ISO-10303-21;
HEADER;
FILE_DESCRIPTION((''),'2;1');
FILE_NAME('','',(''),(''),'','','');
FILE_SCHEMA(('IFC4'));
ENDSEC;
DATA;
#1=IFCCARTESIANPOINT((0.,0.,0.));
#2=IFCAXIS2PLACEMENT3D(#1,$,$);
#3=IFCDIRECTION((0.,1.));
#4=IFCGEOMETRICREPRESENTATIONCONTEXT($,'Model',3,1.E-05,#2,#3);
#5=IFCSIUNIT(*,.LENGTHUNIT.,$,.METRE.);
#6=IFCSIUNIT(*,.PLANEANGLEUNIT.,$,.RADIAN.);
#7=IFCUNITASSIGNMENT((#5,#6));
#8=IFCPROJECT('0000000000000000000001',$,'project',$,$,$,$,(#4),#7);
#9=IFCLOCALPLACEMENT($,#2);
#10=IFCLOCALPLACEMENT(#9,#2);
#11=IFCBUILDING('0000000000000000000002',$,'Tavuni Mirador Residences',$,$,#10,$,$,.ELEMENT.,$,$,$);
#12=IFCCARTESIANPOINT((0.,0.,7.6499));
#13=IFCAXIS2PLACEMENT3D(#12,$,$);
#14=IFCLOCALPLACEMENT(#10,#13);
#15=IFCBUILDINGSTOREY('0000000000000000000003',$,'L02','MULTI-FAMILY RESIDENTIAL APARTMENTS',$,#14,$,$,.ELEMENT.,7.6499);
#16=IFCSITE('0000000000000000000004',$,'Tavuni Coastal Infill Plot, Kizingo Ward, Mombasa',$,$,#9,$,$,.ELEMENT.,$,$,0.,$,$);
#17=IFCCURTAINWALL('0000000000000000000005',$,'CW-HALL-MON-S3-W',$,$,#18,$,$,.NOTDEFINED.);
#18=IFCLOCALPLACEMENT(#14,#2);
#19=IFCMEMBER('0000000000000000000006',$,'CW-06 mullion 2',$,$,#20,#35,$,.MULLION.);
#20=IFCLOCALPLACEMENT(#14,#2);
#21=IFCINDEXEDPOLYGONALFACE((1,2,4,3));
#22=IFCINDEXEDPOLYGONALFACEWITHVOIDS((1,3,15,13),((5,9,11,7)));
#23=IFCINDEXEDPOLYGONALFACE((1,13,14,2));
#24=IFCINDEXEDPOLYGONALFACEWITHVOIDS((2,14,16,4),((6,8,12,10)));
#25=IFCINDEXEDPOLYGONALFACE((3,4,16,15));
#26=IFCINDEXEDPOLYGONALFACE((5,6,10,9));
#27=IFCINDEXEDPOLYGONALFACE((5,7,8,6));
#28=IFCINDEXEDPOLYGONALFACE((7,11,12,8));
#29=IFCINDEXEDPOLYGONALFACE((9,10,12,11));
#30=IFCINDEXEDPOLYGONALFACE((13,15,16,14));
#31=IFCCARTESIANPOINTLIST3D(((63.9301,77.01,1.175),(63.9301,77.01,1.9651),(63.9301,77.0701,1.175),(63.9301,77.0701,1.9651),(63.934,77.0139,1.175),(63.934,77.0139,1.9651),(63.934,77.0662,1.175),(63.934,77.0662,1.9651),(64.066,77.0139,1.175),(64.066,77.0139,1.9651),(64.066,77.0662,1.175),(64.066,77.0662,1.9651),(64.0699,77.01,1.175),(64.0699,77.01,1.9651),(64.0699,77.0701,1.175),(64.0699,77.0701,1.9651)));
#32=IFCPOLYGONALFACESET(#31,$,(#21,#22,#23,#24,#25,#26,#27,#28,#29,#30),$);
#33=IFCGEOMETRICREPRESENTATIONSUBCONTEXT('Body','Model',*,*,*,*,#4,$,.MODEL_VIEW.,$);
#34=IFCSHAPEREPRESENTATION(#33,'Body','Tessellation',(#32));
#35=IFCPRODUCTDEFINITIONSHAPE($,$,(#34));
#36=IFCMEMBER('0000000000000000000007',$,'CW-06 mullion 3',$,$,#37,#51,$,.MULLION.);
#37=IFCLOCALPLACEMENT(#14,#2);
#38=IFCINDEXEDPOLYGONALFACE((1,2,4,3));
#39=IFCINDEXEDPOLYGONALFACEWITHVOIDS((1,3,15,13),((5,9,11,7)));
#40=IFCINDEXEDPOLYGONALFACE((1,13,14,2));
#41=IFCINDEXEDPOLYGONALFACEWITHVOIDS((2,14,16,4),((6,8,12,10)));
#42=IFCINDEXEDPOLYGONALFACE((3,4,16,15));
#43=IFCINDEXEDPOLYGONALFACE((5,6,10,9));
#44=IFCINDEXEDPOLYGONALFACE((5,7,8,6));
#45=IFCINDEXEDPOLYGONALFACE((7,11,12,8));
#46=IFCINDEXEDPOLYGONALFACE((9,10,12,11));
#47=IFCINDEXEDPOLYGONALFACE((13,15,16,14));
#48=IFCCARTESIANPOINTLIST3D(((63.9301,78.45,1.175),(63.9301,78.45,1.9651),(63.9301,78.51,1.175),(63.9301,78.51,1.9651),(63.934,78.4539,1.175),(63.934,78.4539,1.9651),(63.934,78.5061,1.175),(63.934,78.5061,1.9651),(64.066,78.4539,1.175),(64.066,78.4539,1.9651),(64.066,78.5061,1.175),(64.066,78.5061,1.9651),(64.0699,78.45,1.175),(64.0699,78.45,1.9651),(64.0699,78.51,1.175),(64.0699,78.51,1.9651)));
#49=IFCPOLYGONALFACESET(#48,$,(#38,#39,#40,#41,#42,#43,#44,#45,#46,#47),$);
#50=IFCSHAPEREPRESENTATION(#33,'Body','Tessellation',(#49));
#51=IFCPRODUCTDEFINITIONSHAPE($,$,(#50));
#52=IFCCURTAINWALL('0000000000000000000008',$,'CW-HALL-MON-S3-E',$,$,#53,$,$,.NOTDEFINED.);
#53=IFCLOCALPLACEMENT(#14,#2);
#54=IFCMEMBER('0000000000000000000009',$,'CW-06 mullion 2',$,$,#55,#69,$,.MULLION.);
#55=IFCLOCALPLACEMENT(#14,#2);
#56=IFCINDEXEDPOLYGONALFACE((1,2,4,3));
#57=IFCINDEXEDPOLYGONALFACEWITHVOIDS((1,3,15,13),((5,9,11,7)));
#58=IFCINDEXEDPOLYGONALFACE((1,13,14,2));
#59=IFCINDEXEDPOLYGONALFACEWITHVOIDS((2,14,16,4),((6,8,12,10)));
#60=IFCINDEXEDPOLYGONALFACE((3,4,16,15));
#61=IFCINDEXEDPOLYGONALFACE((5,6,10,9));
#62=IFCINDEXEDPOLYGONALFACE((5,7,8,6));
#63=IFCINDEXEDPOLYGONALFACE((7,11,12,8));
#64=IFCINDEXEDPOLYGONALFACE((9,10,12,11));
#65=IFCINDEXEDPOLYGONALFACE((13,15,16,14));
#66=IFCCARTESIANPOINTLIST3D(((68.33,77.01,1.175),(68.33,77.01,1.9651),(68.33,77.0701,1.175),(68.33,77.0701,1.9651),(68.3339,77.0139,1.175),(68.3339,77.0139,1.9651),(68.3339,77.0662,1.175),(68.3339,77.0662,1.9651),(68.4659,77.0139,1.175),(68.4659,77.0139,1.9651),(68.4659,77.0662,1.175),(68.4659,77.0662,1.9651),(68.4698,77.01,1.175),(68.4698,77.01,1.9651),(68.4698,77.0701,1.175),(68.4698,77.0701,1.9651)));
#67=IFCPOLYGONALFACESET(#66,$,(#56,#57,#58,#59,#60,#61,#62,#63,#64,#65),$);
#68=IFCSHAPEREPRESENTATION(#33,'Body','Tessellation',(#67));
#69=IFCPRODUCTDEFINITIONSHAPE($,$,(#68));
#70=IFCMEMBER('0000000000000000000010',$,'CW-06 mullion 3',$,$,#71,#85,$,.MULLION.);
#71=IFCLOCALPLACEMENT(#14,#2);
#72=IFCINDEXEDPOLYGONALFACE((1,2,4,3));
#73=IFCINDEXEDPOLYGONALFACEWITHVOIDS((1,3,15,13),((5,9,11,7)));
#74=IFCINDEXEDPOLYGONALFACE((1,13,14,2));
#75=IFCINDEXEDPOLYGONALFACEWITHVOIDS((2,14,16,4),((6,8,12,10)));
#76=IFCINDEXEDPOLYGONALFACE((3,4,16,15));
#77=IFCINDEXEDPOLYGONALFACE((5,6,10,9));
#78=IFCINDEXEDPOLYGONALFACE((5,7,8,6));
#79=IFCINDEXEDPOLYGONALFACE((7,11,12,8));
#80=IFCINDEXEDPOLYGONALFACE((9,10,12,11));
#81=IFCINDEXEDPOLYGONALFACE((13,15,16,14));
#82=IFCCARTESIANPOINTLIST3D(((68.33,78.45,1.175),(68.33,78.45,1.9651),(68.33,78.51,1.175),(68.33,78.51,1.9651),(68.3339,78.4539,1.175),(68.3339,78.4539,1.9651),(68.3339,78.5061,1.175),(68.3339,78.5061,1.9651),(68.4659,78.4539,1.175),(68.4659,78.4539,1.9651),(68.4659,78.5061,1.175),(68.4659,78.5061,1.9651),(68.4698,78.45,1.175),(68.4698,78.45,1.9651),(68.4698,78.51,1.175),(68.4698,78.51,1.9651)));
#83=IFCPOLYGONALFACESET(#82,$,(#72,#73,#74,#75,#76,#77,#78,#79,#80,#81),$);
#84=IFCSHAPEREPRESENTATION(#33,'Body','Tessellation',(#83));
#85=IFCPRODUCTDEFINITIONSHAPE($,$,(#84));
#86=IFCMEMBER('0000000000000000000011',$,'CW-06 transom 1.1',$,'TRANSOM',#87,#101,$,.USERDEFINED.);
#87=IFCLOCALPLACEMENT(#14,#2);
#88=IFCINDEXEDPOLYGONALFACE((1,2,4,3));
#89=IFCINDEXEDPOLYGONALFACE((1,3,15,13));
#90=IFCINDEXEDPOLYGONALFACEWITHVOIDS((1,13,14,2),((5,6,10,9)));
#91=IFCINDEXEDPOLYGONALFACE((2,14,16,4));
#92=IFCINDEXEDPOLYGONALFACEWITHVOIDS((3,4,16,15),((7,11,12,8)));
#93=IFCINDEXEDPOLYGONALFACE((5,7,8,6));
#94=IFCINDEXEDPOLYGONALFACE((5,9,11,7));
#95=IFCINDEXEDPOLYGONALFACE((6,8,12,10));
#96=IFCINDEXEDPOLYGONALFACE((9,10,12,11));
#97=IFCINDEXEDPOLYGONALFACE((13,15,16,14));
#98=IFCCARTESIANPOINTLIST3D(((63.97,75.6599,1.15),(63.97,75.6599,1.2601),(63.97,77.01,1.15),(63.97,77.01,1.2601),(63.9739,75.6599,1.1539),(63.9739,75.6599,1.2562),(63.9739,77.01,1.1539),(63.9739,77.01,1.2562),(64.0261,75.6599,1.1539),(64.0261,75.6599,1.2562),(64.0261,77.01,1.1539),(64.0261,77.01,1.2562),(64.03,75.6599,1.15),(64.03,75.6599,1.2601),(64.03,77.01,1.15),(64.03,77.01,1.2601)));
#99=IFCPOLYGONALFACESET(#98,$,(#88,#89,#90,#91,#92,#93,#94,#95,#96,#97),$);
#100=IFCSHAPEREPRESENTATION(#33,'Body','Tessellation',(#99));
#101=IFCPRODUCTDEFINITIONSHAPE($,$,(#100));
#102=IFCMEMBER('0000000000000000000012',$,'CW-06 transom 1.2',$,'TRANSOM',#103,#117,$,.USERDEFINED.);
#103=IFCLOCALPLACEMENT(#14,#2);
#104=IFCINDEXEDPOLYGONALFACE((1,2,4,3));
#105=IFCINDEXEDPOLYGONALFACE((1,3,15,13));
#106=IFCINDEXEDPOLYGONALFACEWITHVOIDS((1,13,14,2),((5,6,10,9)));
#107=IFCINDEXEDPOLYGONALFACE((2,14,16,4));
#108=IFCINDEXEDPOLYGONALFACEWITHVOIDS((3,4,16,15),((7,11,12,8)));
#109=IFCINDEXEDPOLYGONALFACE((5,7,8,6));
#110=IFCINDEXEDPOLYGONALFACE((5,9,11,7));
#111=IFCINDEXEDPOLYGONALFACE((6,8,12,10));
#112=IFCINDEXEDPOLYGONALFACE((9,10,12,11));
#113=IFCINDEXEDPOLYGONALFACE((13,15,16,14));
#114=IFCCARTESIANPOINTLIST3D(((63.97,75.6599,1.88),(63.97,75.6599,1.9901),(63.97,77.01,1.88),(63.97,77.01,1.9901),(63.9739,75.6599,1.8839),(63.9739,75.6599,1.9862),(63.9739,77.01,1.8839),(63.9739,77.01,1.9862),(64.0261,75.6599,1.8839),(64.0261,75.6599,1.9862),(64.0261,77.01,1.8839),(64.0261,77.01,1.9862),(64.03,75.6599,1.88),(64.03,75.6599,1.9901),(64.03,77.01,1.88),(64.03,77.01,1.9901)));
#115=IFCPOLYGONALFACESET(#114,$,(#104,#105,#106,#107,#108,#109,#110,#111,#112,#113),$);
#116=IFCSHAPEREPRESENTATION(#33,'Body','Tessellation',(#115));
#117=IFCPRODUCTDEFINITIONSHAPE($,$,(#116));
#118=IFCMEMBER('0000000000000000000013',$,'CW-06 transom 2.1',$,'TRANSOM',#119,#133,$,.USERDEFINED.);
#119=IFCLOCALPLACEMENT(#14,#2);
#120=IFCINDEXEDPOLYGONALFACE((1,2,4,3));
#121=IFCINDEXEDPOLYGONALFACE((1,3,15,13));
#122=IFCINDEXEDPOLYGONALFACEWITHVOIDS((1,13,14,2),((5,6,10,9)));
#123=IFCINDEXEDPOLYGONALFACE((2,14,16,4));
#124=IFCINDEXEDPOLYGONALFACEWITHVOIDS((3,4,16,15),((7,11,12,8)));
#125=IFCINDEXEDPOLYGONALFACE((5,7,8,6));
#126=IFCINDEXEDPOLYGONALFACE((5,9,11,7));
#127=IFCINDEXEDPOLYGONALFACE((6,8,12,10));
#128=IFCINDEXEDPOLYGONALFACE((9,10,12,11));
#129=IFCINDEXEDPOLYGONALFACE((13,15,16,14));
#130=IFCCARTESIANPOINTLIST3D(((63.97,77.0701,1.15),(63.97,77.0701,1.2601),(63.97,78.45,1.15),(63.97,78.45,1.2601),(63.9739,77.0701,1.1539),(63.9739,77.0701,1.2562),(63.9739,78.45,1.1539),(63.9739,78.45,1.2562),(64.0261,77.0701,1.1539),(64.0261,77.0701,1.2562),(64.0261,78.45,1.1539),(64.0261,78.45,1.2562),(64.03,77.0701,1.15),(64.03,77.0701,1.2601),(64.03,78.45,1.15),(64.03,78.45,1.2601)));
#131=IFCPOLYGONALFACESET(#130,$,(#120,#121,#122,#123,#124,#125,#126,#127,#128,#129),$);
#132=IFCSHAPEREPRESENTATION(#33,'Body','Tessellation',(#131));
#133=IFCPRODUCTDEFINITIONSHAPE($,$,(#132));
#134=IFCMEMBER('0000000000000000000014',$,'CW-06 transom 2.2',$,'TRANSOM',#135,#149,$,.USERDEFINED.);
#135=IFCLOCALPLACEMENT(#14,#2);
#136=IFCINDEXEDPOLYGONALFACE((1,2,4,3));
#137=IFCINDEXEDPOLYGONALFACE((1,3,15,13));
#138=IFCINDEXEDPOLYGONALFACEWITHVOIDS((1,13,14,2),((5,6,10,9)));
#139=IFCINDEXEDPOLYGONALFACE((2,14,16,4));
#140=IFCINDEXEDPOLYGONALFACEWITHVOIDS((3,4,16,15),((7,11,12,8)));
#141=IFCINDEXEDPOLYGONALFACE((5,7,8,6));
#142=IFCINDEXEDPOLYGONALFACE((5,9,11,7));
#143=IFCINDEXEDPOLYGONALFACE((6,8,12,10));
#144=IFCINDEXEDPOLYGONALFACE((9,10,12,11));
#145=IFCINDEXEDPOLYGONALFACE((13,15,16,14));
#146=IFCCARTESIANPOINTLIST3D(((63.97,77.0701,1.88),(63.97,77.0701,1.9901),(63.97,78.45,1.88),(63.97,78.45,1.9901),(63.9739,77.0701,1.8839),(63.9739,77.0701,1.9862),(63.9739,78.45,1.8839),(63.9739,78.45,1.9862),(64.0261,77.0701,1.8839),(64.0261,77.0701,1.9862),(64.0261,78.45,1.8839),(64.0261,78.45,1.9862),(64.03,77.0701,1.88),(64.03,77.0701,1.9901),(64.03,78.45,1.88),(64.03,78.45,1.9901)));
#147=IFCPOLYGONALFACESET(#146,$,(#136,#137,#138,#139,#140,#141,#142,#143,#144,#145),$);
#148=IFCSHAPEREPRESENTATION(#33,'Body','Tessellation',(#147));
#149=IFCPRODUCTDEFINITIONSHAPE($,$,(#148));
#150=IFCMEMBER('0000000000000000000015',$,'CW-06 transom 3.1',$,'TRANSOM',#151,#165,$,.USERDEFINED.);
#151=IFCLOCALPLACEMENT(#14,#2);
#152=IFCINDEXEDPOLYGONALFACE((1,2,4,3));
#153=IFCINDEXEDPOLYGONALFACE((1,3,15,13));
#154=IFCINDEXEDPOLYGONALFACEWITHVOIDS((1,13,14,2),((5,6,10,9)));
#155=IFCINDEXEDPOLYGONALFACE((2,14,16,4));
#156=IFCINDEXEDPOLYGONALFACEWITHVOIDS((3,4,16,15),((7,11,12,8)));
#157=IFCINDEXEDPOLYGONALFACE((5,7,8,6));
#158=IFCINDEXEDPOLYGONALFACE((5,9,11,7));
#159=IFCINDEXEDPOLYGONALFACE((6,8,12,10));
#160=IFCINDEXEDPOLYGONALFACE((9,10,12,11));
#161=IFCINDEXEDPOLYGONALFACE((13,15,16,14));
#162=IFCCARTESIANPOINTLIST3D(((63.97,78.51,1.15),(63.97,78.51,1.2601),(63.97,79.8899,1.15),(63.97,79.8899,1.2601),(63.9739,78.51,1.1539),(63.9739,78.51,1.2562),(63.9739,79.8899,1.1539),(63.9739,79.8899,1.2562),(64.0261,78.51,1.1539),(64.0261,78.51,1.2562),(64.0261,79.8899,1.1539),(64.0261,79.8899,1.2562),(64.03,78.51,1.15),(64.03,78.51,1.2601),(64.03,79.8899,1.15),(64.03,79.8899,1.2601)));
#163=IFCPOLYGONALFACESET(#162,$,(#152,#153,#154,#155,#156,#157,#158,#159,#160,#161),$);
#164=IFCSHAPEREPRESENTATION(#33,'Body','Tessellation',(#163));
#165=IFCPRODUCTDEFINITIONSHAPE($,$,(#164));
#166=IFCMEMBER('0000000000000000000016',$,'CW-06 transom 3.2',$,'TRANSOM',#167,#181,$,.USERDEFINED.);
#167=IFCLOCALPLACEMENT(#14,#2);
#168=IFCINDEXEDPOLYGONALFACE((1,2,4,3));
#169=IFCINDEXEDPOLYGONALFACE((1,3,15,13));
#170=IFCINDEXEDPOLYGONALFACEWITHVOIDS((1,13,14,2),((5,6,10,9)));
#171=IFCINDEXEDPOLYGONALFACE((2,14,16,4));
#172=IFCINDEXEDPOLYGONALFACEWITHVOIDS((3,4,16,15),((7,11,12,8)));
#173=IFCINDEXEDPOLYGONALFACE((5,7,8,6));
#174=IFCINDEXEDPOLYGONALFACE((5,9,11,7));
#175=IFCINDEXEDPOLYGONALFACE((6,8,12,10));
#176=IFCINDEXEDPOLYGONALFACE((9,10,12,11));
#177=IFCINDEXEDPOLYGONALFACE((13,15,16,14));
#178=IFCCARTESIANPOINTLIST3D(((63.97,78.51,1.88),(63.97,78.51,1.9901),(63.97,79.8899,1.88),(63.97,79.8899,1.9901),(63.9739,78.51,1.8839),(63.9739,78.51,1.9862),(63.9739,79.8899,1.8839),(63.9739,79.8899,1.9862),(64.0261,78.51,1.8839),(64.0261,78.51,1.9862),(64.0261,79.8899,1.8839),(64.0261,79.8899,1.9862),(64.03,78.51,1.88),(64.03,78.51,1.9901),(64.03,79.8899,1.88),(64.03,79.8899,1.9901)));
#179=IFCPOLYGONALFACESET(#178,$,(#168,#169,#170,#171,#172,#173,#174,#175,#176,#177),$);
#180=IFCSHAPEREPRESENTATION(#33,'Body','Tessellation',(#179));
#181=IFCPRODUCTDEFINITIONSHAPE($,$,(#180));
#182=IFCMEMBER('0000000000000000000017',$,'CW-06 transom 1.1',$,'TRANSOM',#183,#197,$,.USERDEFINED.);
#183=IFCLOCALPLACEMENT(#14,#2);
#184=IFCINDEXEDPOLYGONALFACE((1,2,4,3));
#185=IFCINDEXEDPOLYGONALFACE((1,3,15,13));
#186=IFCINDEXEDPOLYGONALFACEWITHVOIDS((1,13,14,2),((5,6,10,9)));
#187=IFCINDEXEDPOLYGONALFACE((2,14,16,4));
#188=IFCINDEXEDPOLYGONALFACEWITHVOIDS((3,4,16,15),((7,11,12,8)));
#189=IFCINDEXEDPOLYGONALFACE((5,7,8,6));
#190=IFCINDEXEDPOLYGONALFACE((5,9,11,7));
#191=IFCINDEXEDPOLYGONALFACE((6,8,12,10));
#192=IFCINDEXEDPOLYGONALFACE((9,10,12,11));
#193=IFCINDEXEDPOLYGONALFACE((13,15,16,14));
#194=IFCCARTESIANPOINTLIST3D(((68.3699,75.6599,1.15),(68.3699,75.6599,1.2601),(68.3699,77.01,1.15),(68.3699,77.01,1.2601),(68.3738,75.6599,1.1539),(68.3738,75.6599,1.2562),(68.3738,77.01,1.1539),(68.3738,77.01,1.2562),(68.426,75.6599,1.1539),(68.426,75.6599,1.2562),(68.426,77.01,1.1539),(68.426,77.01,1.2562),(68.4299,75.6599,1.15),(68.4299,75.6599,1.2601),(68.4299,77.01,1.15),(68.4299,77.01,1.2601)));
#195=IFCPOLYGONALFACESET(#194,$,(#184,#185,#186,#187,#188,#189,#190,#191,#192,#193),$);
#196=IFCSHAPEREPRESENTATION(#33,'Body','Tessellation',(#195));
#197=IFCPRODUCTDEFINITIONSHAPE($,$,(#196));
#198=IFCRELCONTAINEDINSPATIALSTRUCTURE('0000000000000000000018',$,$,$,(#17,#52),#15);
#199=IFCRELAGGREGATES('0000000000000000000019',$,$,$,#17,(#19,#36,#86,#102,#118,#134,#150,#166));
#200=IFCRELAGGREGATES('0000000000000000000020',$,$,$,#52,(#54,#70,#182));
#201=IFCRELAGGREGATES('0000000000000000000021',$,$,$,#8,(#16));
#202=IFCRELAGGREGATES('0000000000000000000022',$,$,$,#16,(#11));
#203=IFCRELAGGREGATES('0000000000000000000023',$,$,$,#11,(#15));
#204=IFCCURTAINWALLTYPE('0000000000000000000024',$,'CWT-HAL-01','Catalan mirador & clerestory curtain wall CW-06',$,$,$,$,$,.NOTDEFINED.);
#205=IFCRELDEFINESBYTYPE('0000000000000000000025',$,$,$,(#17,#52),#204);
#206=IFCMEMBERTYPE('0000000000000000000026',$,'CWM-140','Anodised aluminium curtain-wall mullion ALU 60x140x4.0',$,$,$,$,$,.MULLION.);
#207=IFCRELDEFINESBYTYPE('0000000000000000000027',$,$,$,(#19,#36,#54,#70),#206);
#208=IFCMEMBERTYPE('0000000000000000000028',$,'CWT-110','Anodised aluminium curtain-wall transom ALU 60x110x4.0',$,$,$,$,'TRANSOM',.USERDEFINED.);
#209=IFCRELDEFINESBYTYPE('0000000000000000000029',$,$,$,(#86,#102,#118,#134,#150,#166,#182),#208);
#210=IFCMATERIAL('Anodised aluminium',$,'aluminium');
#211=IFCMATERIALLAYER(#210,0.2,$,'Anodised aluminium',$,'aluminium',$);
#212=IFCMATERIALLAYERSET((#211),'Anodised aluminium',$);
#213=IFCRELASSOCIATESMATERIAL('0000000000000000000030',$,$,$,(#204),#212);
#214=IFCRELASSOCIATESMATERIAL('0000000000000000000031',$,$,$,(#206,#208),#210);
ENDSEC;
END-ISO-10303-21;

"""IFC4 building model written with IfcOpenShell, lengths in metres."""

from ifc_helpers import new_model, si_unit, direction, frame, origin, origin_2d, place, context, subcontext, project, spatial, hollow_rectangle, extrude, material, layer, layer_set, material_profile, profile_set, type_object, element, aggregate, save


model = new_model("IFC4")

# Units and contexts
model_context = context("Model", 3, precision=1e-05, world=origin(), true_north=direction((0.0, 1.0)))
body_context = subcontext(model_context, "Body", "Model", "MODEL_VIEW")
ifc_project = project(units=[si_unit("LENGTHUNIT", "METRE"), si_unit("PLANEANGLEUNIT", "RADIAN")], contexts=[model_context])

# Site, building, storey
site_placement = place(None, origin())
site = spatial("IfcSite", under=ifc_project, at=site_placement, Name="Tavuni Coastal Infill Plot, Kizingo Ward, Mombasa", CompositionType="ELEMENT", RefElevation=0.0)
building_placement = place(site_placement, origin())
building = spatial("IfcBuilding", under=site, at=building_placement, Name="Tavuni Mirador Residences", CompositionType="ELEMENT")
storey_placement = place(building_placement, frame((0.0, 0.0, 7.6499)))
storey = spatial("IfcBuildingStorey", under=building, at=storey_placement, Name="L02", Description="MULTI-FAMILY RESIDENTIAL APARTMENTS", CompositionType="ELEMENT", Elevation=7.6499)

# Curtain walls, members
ifc_material_1 = material(Name="Anodised aluminium", Category="aluminium")
ifc_layer_1 = layer(ifc_material_1, 0.2, Name="Anodised aluminium", Category="aluminium")
ifc_layer_set_1 = layer_set([ifc_layer_1], Name="Anodised aluminium")
curtain_wall_type = type_object("IfcCurtainWallType", Name="CWT-HAL-01", Description="Catalan mirador & clerestory curtain wall CW-06", PredefinedType="NOTDEFINED", material=ifc_layer_set_1)
curtain_wall_1_placement = place(storey_placement, origin())
curtain_wall_1 = element("IfcCurtainWall", 1, at=curtain_wall_1_placement, inside=storey, type_object=curtain_wall_type, Name="CW-HALL-MON-S3-W", PredefinedType="NOTDEFINED")
ifc_material_profile_1 = material_profile(ifc_material_1, hollow_rectangle(XDim=0.0601, YDim=0.1399, WallThickness=0.0039, at=origin_2d()), Name="ALU 60x140x4.0", Category="aluminium")
ifc_profile_set_1 = profile_set([ifc_material_profile_1], Name="Anodised aluminium")
member_type_1 = type_object("IfcMemberType", Name="CWM-140", Description="Anodised aluminium curtain-wall mullion ALU 60x140x4.0", PredefinedType="MULLION", material=ifc_profile_set_1)
member_1_placement = place(storey_placement, frame((64.0, 77.04, 1.175), z_axis=(0.0, 0.0, 1.0), x_axis=(0.0, 1.0, 0.0)))
member_1 = element("IfcMember", 2, at=member_1_placement, type_object=member_type_1, Name="CW-06 mullion 2", PredefinedType="MULLION", context=body_context, shape_type="SweptSolid", body=[
    extrude(hollow_rectangle(XDim=0.0601, YDim=0.1399, WallThickness=0.0039, at=origin_2d()), origin(), (0.0, 0.0, 1.0), 0.79),
])
member_2_placement = place(storey_placement, frame((64.0, 78.48, 1.175), z_axis=(0.0, 0.0, 1.0), x_axis=(0.0, 1.0, 0.0)))
member_2 = element("IfcMember", 3, at=member_2_placement, type_object=member_type_1, Name="CW-06 mullion 3", PredefinedType="MULLION", context=body_context, shape_type="SweptSolid", body=[
    extrude(hollow_rectangle(XDim=0.0601, YDim=0.1399, WallThickness=0.0039, at=origin_2d()), origin(), (0.0, 0.0, 1.0), 0.79),
])
curtain_wall_2_placement = place(storey_placement, origin())
curtain_wall_2 = element("IfcCurtainWall", 4, at=curtain_wall_2_placement, inside=storey, type_object=curtain_wall_type, Name="CW-HALL-MON-S3-E", PredefinedType="NOTDEFINED")
member_3_placement = place(storey_placement, frame((68.3999, 77.04, 1.175), z_axis=(0.0, 0.0, 1.0), x_axis=(0.0, 1.0, 0.0)))
member_3 = element("IfcMember", 5, at=member_3_placement, type_object=member_type_1, Name="CW-06 mullion 2", PredefinedType="MULLION", context=body_context, shape_type="SweptSolid", body=[
    extrude(hollow_rectangle(XDim=0.0601, YDim=0.1399, WallThickness=0.0039, at=origin_2d()), origin(), (0.0, 0.0, 1.0), 0.79),
])
member_4_placement = place(storey_placement, frame((68.3999, 78.48, 1.175), z_axis=(0.0, 0.0, 1.0), x_axis=(0.0, 1.0, 0.0)))
member_4 = element("IfcMember", 6, at=member_4_placement, type_object=member_type_1, Name="CW-06 mullion 3", PredefinedType="MULLION", context=body_context, shape_type="SweptSolid", body=[
    extrude(hollow_rectangle(XDim=0.0601, YDim=0.1399, WallThickness=0.0039, at=origin_2d()), origin(), (0.0, 0.0, 1.0), 0.79),
])

# Members
ifc_material_profile_2 = material_profile(ifc_material_1, hollow_rectangle(XDim=0.0601, YDim=0.1101, WallThickness=0.0039, at=origin_2d()), Name="ALU 60x110x4.0", Category="aluminium")
ifc_profile_set_2 = profile_set([ifc_material_profile_2], Name="Anodised aluminium")
member_type_2 = type_object("IfcMemberType", Name="CWT-110", Description="Anodised aluminium curtain-wall transom ALU 60x110x4.0", ElementType="TRANSOM", PredefinedType="USERDEFINED", material=ifc_profile_set_2)
member_5_placement = place(storey_placement, frame((64.0, 75.6599, 1.2051), z_axis=(0.0, 1.0, 0.0), x_axis=(-1.0, 0.0, 0.0)))
member_5 = element("IfcMember", 7, at=member_5_placement, type_object=member_type_2, Name="CW-06 transom 1.1", ObjectType="TRANSOM", PredefinedType="USERDEFINED", context=body_context, shape_type="SweptSolid", body=[
    extrude(hollow_rectangle(XDim=0.0601, YDim=0.1101, WallThickness=0.0039, at=origin_2d()), origin(), (0.0, 0.0, 1.0), 1.3501),
])
member_6_placement = place(storey_placement, frame((64.0, 75.6599, 1.9351), z_axis=(0.0, 1.0, 0.0), x_axis=(-1.0, 0.0, 0.0)))
member_6 = element("IfcMember", 8, at=member_6_placement, type_object=member_type_2, Name="CW-06 transom 1.2", ObjectType="TRANSOM", PredefinedType="USERDEFINED", context=body_context, shape_type="SweptSolid", body=[
    extrude(hollow_rectangle(XDim=0.0601, YDim=0.1101, WallThickness=0.0039, at=origin_2d()), origin(), (0.0, 0.0, 1.0), 1.3501),
])
member_7_placement = place(storey_placement, frame((64.0, 77.0701, 1.2051), z_axis=(0.0, 1.0, 0.0), x_axis=(-1.0, 0.0, 0.0)))
member_7 = element("IfcMember", 9, at=member_7_placement, type_object=member_type_2, Name="CW-06 transom 2.1", ObjectType="TRANSOM", PredefinedType="USERDEFINED", context=body_context, shape_type="SweptSolid", body=[
    extrude(hollow_rectangle(XDim=0.0601, YDim=0.1101, WallThickness=0.0039, at=origin_2d()), origin(), (0.0, 0.0, 1.0), 1.3799),
])
member_8_placement = place(storey_placement, frame((64.0, 77.0701, 1.9351), z_axis=(0.0, 1.0, 0.0), x_axis=(-1.0, 0.0, 0.0)))
member_8 = element("IfcMember", 10, at=member_8_placement, type_object=member_type_2, Name="CW-06 transom 2.2", ObjectType="TRANSOM", PredefinedType="USERDEFINED", context=body_context, shape_type="SweptSolid", body=[
    extrude(hollow_rectangle(XDim=0.0601, YDim=0.1101, WallThickness=0.0039, at=origin_2d()), origin(), (0.0, 0.0, 1.0), 1.3799),
])
member_9_placement = place(storey_placement, frame((64.0, 78.51, 1.2051), z_axis=(0.0, 1.0, 0.0), x_axis=(-1.0, 0.0, 0.0)))
member_9 = element("IfcMember", 11, at=member_9_placement, type_object=member_type_2, Name="CW-06 transom 3.1", ObjectType="TRANSOM", PredefinedType="USERDEFINED", context=body_context, shape_type="SweptSolid", body=[
    extrude(hollow_rectangle(XDim=0.0601, YDim=0.1101, WallThickness=0.0039, at=origin_2d()), origin(), (0.0, 0.0, 1.0), 1.3799),
])
member_10_placement = place(storey_placement, frame((64.0, 78.51, 1.9351), z_axis=(0.0, 1.0, 0.0), x_axis=(-1.0, 0.0, 0.0)))
member_10 = element("IfcMember", 12, at=member_10_placement, type_object=member_type_2, Name="CW-06 transom 3.2", ObjectType="TRANSOM", PredefinedType="USERDEFINED", context=body_context, shape_type="SweptSolid", body=[
    extrude(hollow_rectangle(XDim=0.0601, YDim=0.1101, WallThickness=0.0039, at=origin_2d()), origin(), (0.0, 0.0, 1.0), 1.3799),
])
member_11_placement = place(storey_placement, frame((68.3999, 75.6599, 1.2051), z_axis=(0.0, 1.0, 0.0), x_axis=(-1.0, 0.0, 0.0)))
member_11 = element("IfcMember", 13, at=member_11_placement, type_object=member_type_2, Name="CW-06 transom 1.1", ObjectType="TRANSOM", PredefinedType="USERDEFINED", context=body_context, shape_type="SweptSolid", body=[
    extrude(hollow_rectangle(XDim=0.0601, YDim=0.1101, WallThickness=0.0039, at=origin_2d()), origin(), (0.0, 0.0, 1.0), 1.3501),
])

aggregate(curtain_wall_1, [member_1, member_2, member_5, member_6, member_7, member_8, member_9, member_10])
aggregate(curtain_wall_2, [member_3, member_4, member_11])

save(model, "model.ifc")
